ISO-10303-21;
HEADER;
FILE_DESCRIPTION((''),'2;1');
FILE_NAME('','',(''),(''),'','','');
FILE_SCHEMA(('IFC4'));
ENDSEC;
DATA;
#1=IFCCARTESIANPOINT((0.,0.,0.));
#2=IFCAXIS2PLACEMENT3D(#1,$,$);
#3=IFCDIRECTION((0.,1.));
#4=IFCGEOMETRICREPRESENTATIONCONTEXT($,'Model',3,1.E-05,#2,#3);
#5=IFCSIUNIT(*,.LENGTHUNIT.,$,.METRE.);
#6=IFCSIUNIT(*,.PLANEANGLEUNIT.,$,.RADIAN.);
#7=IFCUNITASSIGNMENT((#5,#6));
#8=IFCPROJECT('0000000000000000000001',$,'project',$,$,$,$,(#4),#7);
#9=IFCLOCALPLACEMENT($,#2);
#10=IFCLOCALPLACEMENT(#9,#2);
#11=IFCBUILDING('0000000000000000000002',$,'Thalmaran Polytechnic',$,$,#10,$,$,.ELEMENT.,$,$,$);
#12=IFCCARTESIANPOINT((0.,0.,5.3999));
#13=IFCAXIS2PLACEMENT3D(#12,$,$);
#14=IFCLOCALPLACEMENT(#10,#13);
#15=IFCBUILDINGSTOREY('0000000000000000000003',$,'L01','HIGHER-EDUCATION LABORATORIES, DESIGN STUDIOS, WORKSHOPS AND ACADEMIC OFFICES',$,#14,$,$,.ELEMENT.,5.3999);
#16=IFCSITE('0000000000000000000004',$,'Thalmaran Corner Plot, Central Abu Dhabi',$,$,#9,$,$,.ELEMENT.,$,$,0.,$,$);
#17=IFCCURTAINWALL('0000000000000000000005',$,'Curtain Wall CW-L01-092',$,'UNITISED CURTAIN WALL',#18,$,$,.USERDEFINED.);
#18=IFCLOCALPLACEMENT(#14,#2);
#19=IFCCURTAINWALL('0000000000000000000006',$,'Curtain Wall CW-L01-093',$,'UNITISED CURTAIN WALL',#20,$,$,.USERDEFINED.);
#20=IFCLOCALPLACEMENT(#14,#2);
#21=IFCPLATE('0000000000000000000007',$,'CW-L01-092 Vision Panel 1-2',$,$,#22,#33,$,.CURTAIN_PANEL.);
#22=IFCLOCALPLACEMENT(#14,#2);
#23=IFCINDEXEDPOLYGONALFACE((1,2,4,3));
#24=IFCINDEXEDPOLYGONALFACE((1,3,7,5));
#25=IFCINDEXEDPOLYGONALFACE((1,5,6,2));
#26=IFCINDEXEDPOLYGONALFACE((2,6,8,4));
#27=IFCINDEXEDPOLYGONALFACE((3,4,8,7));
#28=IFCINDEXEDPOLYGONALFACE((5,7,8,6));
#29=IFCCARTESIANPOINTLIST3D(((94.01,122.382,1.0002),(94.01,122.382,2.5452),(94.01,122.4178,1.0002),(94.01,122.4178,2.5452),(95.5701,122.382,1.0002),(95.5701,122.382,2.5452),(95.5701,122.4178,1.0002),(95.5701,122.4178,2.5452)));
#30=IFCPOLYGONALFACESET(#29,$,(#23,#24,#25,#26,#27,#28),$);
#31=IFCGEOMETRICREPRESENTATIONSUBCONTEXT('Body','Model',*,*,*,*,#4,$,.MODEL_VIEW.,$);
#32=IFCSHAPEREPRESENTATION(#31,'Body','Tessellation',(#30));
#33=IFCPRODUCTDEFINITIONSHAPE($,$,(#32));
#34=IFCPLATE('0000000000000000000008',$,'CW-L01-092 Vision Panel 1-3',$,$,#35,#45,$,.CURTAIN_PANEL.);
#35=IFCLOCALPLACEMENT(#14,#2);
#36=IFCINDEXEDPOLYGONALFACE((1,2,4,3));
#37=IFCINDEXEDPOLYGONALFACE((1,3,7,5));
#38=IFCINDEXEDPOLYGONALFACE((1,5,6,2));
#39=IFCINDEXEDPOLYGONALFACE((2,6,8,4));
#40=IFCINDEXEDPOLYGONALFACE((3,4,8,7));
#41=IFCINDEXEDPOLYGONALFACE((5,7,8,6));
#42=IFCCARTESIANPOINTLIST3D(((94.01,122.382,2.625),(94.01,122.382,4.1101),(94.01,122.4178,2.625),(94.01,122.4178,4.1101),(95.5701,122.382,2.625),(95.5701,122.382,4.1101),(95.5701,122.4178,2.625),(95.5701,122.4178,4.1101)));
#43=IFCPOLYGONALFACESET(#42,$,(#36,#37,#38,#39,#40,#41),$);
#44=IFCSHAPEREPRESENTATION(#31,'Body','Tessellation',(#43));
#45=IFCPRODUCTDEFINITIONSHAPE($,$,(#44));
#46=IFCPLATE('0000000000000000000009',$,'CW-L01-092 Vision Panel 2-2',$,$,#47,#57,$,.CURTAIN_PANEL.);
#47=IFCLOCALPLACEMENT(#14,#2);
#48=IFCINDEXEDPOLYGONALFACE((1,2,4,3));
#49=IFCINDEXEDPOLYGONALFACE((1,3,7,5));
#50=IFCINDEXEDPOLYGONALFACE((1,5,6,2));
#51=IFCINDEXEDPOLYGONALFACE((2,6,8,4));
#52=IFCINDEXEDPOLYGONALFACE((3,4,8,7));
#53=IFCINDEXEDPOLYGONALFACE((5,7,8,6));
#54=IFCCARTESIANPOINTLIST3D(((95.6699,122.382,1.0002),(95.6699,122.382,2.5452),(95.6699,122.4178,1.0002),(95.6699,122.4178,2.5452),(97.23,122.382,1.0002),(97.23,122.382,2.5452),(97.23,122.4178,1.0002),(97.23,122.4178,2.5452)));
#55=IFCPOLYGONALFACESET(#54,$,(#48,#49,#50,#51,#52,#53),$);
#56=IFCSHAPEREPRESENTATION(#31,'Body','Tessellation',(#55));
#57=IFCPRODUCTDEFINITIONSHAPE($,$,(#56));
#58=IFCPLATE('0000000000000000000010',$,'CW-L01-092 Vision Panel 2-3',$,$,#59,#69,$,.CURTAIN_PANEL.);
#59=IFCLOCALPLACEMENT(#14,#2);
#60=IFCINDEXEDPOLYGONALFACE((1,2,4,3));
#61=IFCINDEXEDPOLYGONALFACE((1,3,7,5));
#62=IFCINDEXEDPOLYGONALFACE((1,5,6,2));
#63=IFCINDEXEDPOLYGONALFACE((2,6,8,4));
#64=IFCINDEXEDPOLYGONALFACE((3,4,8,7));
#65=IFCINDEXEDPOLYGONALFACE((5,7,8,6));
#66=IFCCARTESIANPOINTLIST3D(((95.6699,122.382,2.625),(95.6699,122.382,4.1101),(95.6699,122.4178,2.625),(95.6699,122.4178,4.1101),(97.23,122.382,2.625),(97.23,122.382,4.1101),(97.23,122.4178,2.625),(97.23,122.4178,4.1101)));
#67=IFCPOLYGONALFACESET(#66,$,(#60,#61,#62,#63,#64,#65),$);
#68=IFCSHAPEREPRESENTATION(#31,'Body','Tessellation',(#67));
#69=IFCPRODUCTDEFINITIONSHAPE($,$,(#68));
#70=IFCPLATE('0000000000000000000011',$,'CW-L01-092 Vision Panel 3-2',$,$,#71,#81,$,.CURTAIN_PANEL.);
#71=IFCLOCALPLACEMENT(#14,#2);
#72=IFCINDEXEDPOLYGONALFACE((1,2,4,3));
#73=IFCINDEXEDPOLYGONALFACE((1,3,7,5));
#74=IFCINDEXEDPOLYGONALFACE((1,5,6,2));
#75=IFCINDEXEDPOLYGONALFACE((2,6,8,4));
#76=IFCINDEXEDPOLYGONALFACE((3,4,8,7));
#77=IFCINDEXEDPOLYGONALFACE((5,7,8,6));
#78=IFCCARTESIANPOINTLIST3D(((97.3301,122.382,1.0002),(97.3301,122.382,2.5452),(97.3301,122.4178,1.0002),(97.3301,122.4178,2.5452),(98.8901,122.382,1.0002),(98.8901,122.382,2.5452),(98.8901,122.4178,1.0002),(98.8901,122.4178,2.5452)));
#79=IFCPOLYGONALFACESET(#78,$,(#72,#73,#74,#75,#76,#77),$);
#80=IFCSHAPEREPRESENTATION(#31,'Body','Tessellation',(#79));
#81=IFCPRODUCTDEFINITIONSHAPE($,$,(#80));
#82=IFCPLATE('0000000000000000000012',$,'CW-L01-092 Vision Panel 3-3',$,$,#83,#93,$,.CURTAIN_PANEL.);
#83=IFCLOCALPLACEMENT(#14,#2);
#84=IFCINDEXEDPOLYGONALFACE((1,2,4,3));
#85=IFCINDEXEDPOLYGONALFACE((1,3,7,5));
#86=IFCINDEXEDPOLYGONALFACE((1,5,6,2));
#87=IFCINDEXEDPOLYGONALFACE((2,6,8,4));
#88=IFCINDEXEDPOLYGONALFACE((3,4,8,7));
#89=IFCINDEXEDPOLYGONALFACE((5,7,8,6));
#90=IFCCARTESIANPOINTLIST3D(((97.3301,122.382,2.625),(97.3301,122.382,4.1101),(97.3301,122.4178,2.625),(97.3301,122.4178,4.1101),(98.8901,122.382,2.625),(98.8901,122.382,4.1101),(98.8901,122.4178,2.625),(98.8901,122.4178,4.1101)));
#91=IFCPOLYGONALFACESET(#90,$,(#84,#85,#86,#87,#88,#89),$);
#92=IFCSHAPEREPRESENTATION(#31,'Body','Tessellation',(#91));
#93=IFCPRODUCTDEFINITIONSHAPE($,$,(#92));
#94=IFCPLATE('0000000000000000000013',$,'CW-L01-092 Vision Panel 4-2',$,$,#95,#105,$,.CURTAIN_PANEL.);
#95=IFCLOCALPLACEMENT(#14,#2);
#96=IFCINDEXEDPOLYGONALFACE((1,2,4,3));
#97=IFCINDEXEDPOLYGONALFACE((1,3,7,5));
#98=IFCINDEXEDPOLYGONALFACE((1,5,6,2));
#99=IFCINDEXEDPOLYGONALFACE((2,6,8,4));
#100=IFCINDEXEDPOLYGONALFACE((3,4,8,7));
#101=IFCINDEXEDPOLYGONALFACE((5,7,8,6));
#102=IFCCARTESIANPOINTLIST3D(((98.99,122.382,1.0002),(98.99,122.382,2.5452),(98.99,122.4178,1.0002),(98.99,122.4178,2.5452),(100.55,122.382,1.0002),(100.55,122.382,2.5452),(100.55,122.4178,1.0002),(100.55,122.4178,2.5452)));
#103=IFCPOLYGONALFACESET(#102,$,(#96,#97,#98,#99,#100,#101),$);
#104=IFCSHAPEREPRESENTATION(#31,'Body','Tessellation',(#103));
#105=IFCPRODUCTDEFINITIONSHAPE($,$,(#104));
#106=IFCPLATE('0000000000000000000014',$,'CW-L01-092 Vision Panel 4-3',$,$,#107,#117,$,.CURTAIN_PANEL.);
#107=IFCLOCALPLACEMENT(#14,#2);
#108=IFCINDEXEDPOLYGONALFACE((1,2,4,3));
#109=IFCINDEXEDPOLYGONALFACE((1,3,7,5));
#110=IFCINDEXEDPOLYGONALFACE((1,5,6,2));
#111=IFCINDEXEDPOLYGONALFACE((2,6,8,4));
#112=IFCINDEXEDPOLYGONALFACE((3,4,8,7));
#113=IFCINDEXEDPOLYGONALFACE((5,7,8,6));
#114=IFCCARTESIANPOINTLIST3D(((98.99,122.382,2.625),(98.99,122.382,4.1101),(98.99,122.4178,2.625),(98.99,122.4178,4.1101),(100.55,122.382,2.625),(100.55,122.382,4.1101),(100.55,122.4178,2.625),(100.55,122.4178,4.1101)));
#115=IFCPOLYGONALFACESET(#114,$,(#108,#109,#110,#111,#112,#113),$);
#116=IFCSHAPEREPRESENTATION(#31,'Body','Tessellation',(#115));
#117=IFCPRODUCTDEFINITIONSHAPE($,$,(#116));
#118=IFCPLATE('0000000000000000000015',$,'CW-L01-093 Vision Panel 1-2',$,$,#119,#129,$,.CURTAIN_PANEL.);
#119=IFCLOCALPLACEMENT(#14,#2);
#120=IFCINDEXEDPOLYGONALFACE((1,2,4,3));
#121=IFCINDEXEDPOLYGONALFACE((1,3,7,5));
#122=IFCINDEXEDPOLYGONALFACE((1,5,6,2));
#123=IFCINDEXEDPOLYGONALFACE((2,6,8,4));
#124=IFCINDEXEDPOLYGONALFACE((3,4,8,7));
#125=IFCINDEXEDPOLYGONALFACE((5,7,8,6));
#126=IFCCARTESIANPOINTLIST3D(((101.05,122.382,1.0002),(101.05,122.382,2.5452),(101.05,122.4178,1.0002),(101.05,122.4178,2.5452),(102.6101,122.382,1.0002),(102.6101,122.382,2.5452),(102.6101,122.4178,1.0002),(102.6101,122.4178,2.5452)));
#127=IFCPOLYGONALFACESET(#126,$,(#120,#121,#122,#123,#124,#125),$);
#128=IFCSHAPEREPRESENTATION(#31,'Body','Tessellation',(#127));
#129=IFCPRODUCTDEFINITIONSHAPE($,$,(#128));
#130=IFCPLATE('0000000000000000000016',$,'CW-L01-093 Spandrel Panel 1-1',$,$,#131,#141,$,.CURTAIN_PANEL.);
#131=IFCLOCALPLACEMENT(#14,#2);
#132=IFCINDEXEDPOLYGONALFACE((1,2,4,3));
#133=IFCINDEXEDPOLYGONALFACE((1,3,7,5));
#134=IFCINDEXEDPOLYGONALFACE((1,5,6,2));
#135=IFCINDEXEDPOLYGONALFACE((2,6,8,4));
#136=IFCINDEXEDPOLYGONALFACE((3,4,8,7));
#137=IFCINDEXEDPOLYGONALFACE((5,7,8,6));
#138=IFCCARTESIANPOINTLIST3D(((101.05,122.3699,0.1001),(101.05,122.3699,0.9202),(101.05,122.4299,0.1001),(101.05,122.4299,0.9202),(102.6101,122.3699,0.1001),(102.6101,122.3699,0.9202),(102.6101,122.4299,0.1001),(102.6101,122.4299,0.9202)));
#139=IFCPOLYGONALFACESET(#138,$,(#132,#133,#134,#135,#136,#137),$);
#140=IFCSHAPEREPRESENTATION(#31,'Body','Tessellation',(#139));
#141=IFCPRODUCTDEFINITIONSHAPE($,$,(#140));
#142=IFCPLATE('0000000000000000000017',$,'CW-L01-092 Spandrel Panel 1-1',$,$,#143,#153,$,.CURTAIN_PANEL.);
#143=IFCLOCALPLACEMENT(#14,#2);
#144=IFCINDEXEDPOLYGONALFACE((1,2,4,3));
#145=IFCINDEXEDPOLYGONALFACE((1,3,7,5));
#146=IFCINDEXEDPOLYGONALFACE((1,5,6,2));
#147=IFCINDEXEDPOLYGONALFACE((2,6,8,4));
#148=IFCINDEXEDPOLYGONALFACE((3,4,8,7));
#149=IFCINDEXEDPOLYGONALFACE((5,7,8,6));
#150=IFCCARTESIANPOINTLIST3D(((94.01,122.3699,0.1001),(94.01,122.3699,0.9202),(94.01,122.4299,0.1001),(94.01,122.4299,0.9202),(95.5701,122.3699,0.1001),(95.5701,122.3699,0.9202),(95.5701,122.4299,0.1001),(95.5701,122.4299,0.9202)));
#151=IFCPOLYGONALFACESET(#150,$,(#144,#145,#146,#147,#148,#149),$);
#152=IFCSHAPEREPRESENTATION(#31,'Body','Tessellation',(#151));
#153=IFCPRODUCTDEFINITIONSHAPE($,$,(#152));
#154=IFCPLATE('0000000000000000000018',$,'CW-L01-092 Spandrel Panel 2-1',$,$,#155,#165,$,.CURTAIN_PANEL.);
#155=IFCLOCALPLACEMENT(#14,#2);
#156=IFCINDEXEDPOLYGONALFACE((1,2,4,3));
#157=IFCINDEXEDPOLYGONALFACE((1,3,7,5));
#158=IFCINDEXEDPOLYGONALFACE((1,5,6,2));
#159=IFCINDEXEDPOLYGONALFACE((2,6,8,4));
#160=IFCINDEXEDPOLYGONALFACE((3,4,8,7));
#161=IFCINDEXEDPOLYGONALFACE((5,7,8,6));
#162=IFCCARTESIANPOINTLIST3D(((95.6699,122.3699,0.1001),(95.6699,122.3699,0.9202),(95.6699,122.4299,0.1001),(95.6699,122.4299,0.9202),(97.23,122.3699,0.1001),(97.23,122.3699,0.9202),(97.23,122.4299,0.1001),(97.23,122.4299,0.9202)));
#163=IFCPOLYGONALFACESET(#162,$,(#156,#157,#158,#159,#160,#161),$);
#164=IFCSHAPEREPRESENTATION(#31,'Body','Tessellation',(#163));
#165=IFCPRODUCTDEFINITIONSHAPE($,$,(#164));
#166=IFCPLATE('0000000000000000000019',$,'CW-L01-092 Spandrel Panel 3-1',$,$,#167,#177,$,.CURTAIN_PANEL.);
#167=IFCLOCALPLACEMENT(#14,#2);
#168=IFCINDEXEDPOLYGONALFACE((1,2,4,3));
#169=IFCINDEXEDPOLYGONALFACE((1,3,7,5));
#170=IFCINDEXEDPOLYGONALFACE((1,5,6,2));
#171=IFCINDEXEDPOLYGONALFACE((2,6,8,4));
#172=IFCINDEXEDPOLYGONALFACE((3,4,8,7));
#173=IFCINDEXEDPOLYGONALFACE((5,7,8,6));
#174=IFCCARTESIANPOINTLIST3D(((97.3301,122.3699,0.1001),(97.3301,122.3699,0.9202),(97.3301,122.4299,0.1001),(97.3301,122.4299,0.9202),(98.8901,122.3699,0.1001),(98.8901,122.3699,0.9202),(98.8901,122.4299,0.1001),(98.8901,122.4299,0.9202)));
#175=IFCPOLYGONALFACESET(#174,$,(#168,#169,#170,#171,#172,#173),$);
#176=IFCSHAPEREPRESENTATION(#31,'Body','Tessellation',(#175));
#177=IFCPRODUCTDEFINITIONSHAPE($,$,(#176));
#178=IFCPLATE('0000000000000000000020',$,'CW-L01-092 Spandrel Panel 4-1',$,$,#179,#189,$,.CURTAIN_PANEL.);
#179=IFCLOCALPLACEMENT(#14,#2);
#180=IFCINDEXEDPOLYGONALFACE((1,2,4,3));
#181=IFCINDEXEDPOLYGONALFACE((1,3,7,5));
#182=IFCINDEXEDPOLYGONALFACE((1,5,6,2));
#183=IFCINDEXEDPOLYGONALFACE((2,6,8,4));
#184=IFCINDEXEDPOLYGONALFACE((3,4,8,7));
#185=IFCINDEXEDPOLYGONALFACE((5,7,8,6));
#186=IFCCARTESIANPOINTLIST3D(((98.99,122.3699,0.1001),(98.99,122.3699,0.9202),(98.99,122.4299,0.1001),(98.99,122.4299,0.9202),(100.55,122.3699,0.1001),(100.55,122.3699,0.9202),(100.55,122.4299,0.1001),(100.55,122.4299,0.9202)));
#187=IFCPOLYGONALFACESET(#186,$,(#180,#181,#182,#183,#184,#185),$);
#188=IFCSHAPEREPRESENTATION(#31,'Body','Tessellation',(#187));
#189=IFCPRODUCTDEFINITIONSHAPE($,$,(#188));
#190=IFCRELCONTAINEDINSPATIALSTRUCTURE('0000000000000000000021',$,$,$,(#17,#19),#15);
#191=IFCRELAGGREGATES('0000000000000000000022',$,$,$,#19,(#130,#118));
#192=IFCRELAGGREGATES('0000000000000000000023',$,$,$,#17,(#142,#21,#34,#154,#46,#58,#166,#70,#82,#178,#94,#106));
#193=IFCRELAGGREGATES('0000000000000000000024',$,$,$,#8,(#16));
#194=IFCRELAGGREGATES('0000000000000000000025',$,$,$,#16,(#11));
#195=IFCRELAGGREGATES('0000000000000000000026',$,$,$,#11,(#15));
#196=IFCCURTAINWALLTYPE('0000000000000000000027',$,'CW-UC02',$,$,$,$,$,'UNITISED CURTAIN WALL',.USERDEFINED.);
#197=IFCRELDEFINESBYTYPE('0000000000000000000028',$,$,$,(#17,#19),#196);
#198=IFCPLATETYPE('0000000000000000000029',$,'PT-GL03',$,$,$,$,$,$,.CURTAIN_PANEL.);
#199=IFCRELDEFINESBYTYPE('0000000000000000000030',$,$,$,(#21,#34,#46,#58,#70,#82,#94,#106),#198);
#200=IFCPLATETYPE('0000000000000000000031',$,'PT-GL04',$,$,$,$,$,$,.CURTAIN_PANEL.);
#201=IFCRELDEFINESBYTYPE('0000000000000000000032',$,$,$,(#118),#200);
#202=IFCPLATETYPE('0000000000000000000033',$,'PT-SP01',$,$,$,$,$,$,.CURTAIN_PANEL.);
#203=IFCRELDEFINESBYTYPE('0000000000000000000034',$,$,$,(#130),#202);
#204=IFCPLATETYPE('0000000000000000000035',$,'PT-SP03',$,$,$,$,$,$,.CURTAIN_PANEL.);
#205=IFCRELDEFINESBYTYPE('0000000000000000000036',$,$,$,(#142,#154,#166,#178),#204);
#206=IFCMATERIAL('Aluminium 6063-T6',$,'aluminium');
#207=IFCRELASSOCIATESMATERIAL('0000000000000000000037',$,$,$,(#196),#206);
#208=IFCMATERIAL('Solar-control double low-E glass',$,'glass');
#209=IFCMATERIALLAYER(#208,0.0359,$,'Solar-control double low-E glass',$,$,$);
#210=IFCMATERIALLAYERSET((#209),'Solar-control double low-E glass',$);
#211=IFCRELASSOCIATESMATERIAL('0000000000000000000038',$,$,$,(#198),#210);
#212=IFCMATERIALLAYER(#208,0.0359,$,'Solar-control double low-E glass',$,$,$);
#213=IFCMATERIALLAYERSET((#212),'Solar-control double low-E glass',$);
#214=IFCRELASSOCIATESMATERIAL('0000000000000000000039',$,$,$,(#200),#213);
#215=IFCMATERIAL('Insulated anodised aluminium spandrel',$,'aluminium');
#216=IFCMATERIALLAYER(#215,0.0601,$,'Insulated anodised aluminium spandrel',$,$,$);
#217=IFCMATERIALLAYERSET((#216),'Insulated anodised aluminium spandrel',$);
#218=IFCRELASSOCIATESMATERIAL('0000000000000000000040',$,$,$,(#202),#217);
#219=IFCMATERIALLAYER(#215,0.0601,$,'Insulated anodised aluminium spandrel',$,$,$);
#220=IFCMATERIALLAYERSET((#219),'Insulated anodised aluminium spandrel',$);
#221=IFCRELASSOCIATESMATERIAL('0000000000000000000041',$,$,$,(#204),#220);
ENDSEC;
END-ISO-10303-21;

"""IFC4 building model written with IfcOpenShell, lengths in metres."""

from ifc_helpers import new_model, si_unit, direction, frame, origin, origin_2d, place, context, subcontext, project, spatial, rectangle, extrude, material, layer, layer_set, type_object, element, aggregate, save


model = new_model("IFC4")

# Units and contexts
model_context = context("Model", 3, precision=1e-05, world=origin(), true_north=direction((0.0, 1.0)))
body_context = subcontext(model_context, "Body", "Model", "MODEL_VIEW")
ifc_project = project(units=[si_unit("LENGTHUNIT", "METRE"), si_unit("PLANEANGLEUNIT", "RADIAN")], contexts=[model_context])

# Site, building, storey
site_placement = place(None, origin())
site = spatial("IfcSite", under=ifc_project, at=site_placement, Name="Thalmaran Corner Plot, Central Abu Dhabi", CompositionType="ELEMENT", RefElevation=0.0)
building_placement = place(site_placement, origin())
building = spatial("IfcBuilding", under=site, at=building_placement, Name="Thalmaran Polytechnic", CompositionType="ELEMENT")
storey_placement = place(building_placement, frame((0.0, 0.0, 5.3999)))
storey = spatial("IfcBuildingStorey", under=building, at=storey_placement, Name="L01", Description="HIGHER-EDUCATION LABORATORIES, DESIGN STUDIOS, WORKSHOPS AND ACADEMIC OFFICES", CompositionType="ELEMENT", Elevation=5.3999)

# Shared definitions
ifc_material_1 = material(Name="Aluminium 6063-T6", Category="aluminium")
curtain_wall_type = type_object("IfcCurtainWallType", Name="CW-UC02", ElementType="UNITISED CURTAIN WALL", PredefinedType="USERDEFINED", material=ifc_material_1)

# Curtain wall
curtain_wall_1_placement = place(storey_placement, origin())
curtain_wall_1 = element("IfcCurtainWall", 1, at=curtain_wall_1_placement, inside=storey, type_object=curtain_wall_type, Name="Curtain Wall CW-L01-092", ObjectType="UNITISED CURTAIN WALL", PredefinedType="USERDEFINED")

# Curtain wall
curtain_wall_2_placement = place(storey_placement, origin())
curtain_wall_2 = element("IfcCurtainWall", 2, at=curtain_wall_2_placement, inside=storey, type_object=curtain_wall_type, Name="Curtain Wall CW-L01-093", ObjectType="UNITISED CURTAIN WALL", PredefinedType="USERDEFINED")

# Plates
ifc_material_2 = material(Name="Solar-control double low-E glass", Category="glass")
ifc_layer_1 = layer(ifc_material_2, 0.0359, Name="Solar-control double low-E glass")
ifc_layer_set_1 = layer_set([ifc_layer_1], Name="Solar-control double low-E glass")
plate_type_1 = type_object("IfcPlateType", Name="PT-GL03", PredefinedType="CURTAIN_PANEL", material=ifc_layer_set_1)
plate_1_placement = place(storey_placement, frame((94.79, 122.3999, 1.0002), z_axis=(0.0, 0.0, 1.0), x_axis=(1.0, 0.0, 0.0)))
plate_1 = element("IfcPlate", 3, at=plate_1_placement, type_object=plate_type_1, Name="CW-L01-092 Vision Panel 1-2", PredefinedType="CURTAIN_PANEL", context=body_context, shape_type="SweptSolid", body=[
    extrude(rectangle(XDim=1.5601, YDim=0.0359, at=origin_2d()), origin(), (0.0, 0.0, 1.0), 1.5449),
])
plate_2_placement = place(storey_placement, frame((94.79, 122.3999, 2.625), z_axis=(0.0, 0.0, 1.0), x_axis=(1.0, 0.0, 0.0)))
plate_2 = element("IfcPlate", 4, at=plate_2_placement, type_object=plate_type_1, Name="CW-L01-092 Vision Panel 1-3", PredefinedType="CURTAIN_PANEL", context=body_context, shape_type="SweptSolid", body=[
    extrude(rectangle(XDim=1.5601, YDim=0.0359, at=origin_2d()), origin(), (0.0, 0.0, 1.0), 1.4851),
])
plate_3_placement = place(storey_placement, frame((96.45, 122.3999, 1.0002), z_axis=(0.0, 0.0, 1.0), x_axis=(1.0, 0.0, 0.0)))
plate_3 = element("IfcPlate", 5, at=plate_3_placement, type_object=plate_type_1, Name="CW-L01-092 Vision Panel 2-2", PredefinedType="CURTAIN_PANEL", context=body_context, shape_type="SweptSolid", body=[
    extrude(rectangle(XDim=1.5601, YDim=0.0359, at=origin_2d()), origin(), (0.0, 0.0, 1.0), 1.5449),
])
plate_4_placement = place(storey_placement, frame((96.45, 122.3999, 2.625), z_axis=(0.0, 0.0, 1.0), x_axis=(1.0, 0.0, 0.0)))
plate_4 = element("IfcPlate", 6, at=plate_4_placement, type_object=plate_type_1, Name="CW-L01-092 Vision Panel 2-3", PredefinedType="CURTAIN_PANEL", context=body_context, shape_type="SweptSolid", body=[
    extrude(rectangle(XDim=1.5601, YDim=0.0359, at=origin_2d()), origin(), (0.0, 0.0, 1.0), 1.4851),
])
plate_5_placement = place(storey_placement, frame((98.1101, 122.3999, 1.0002), z_axis=(0.0, 0.0, 1.0), x_axis=(1.0, 0.0, 0.0)))
plate_5 = element("IfcPlate", 7, at=plate_5_placement, type_object=plate_type_1, Name="CW-L01-092 Vision Panel 3-2", PredefinedType="CURTAIN_PANEL", context=body_context, shape_type="SweptSolid", body=[
    extrude(rectangle(XDim=1.5601, YDim=0.0359, at=origin_2d()), origin(), (0.0, 0.0, 1.0), 1.5449),
])
plate_6_placement = place(storey_placement, frame((98.1101, 122.3999, 2.625), z_axis=(0.0, 0.0, 1.0), x_axis=(1.0, 0.0, 0.0)))
plate_6 = element("IfcPlate", 8, at=plate_6_placement, type_object=plate_type_1, Name="CW-L01-092 Vision Panel 3-3", PredefinedType="CURTAIN_PANEL", context=body_context, shape_type="SweptSolid", body=[
    extrude(rectangle(XDim=1.5601, YDim=0.0359, at=origin_2d()), origin(), (0.0, 0.0, 1.0), 1.4851),
])
plate_7_placement = place(storey_placement, frame((99.77, 122.3999, 1.0002), z_axis=(0.0, 0.0, 1.0), x_axis=(1.0, 0.0, 0.0)))
plate_7 = element("IfcPlate", 9, at=plate_7_placement, type_object=plate_type_1, Name="CW-L01-092 Vision Panel 4-2", PredefinedType="CURTAIN_PANEL", context=body_context, shape_type="SweptSolid", body=[
    extrude(rectangle(XDim=1.5601, YDim=0.0359, at=origin_2d()), origin(), (0.0, 0.0, 1.0), 1.5449),
])
plate_8_placement = place(storey_placement, frame((99.77, 122.3999, 2.625), z_axis=(0.0, 0.0, 1.0), x_axis=(1.0, 0.0, 0.0)))
plate_8 = element("IfcPlate", 10, at=plate_8_placement, type_object=plate_type_1, Name="CW-L01-092 Vision Panel 4-3", PredefinedType="CURTAIN_PANEL", context=body_context, shape_type="SweptSolid", body=[
    extrude(rectangle(XDim=1.5601, YDim=0.0359, at=origin_2d()), origin(), (0.0, 0.0, 1.0), 1.4851),
])
ifc_layer_2 = layer(ifc_material_2, 0.0359, Name="Solar-control double low-E glass")
ifc_layer_set_2 = layer_set([ifc_layer_2], Name="Solar-control double low-E glass")
plate_type_2 = type_object("IfcPlateType", Name="PT-GL04", PredefinedType="CURTAIN_PANEL", material=ifc_layer_set_2)
plate_9_placement = place(storey_placement, frame((101.8301, 122.3999, 1.0002), z_axis=(0.0, 0.0, 1.0), x_axis=(1.0, 0.0, 0.0)))
plate_9 = element("IfcPlate", 11, at=plate_9_placement, type_object=plate_type_2, Name="CW-L01-093 Vision Panel 1-2", PredefinedType="CURTAIN_PANEL", context=body_context, shape_type="SweptSolid", body=[
    extrude(rectangle(XDim=1.5601, YDim=0.0359, at=origin_2d()), origin(), (0.0, 0.0, 1.0), 1.5449),
])
ifc_material_3 = material(Name="Insulated anodised aluminium spandrel", Category="aluminium")
ifc_layer_3 = layer(ifc_material_3, 0.0601, Name="Insulated anodised aluminium spandrel")
ifc_layer_set_3 = layer_set([ifc_layer_3], Name="Insulated anodised aluminium spandrel")
plate_type_3 = type_object("IfcPlateType", Name="PT-SP01", PredefinedType="CURTAIN_PANEL", material=ifc_layer_set_3)
plate_10_placement = place(storey_placement, frame((101.8301, 122.3999, 0.1001), z_axis=(0.0, 0.0, 1.0), x_axis=(1.0, 0.0, 0.0)))
plate_10 = element("IfcPlate", 12, at=plate_10_placement, type_object=plate_type_3, Name="CW-L01-093 Spandrel Panel 1-1", PredefinedType="CURTAIN_PANEL", context=body_context, shape_type="SweptSolid", body=[
    extrude(rectangle(XDim=1.5601, YDim=0.0601, at=origin_2d()), origin(), (0.0, 0.0, 1.0), 0.8201),
])
aggregate(curtain_wall_2, [plate_10, plate_9])
ifc_layer_4 = layer(ifc_material_3, 0.0601, Name="Insulated anodised aluminium spandrel")
ifc_layer_set_4 = layer_set([ifc_layer_4], Name="Insulated anodised aluminium spandrel")
plate_type_4 = type_object("IfcPlateType", Name="PT-SP03", PredefinedType="CURTAIN_PANEL", material=ifc_layer_set_4)
plate_11_placement = place(storey_placement, frame((94.79, 122.3999, 0.1001), z_axis=(0.0, 0.0, 1.0), x_axis=(1.0, 0.0, 0.0)))
plate_11 = element("IfcPlate", 13, at=plate_11_placement, type_object=plate_type_4, Name="CW-L01-092 Spandrel Panel 1-1", PredefinedType="CURTAIN_PANEL", context=body_context, shape_type="SweptSolid", body=[
    extrude(rectangle(XDim=1.5601, YDim=0.0601, at=origin_2d()), origin(), (0.0, 0.0, 1.0), 0.8201),
])
plate_12_placement = place(storey_placement, frame((96.45, 122.3999, 0.1001), z_axis=(0.0, 0.0, 1.0), x_axis=(1.0, 0.0, 0.0)))
plate_12 = element("IfcPlate", 14, at=plate_12_placement, type_object=plate_type_4, Name="CW-L01-092 Spandrel Panel 2-1", PredefinedType="CURTAIN_PANEL", context=body_context, shape_type="SweptSolid", body=[
    extrude(rectangle(XDim=1.5601, YDim=0.0601, at=origin_2d()), origin(), (0.0, 0.0, 1.0), 0.8201),
])
plate_13_placement = place(storey_placement, frame((98.1101, 122.3999, 0.1001), z_axis=(0.0, 0.0, 1.0), x_axis=(1.0, 0.0, 0.0)))
plate_13 = element("IfcPlate", 15, at=plate_13_placement, type_object=plate_type_4, Name="CW-L01-092 Spandrel Panel 3-1", PredefinedType="CURTAIN_PANEL", context=body_context, shape_type="SweptSolid", body=[
    extrude(rectangle(XDim=1.5601, YDim=0.0601, at=origin_2d()), origin(), (0.0, 0.0, 1.0), 0.8201),
])
plate_14_placement = place(storey_placement, frame((99.77, 122.3999, 0.1001), z_axis=(0.0, 0.0, 1.0), x_axis=(1.0, 0.0, 0.0)))
plate_14 = element("IfcPlate", 16, at=plate_14_placement, type_object=plate_type_4, Name="CW-L01-092 Spandrel Panel 4-1", PredefinedType="CURTAIN_PANEL", context=body_context, shape_type="SweptSolid", body=[
    extrude(rectangle(XDim=1.5601, YDim=0.0601, at=origin_2d()), origin(), (0.0, 0.0, 1.0), 0.8201),
])
aggregate(curtain_wall_1, [plate_11, plate_1, plate_2, plate_12, plate_3, plate_4, plate_13, plate_5, plate_6, plate_14, plate_7, plate_8])

save(model, "model.ifc")
